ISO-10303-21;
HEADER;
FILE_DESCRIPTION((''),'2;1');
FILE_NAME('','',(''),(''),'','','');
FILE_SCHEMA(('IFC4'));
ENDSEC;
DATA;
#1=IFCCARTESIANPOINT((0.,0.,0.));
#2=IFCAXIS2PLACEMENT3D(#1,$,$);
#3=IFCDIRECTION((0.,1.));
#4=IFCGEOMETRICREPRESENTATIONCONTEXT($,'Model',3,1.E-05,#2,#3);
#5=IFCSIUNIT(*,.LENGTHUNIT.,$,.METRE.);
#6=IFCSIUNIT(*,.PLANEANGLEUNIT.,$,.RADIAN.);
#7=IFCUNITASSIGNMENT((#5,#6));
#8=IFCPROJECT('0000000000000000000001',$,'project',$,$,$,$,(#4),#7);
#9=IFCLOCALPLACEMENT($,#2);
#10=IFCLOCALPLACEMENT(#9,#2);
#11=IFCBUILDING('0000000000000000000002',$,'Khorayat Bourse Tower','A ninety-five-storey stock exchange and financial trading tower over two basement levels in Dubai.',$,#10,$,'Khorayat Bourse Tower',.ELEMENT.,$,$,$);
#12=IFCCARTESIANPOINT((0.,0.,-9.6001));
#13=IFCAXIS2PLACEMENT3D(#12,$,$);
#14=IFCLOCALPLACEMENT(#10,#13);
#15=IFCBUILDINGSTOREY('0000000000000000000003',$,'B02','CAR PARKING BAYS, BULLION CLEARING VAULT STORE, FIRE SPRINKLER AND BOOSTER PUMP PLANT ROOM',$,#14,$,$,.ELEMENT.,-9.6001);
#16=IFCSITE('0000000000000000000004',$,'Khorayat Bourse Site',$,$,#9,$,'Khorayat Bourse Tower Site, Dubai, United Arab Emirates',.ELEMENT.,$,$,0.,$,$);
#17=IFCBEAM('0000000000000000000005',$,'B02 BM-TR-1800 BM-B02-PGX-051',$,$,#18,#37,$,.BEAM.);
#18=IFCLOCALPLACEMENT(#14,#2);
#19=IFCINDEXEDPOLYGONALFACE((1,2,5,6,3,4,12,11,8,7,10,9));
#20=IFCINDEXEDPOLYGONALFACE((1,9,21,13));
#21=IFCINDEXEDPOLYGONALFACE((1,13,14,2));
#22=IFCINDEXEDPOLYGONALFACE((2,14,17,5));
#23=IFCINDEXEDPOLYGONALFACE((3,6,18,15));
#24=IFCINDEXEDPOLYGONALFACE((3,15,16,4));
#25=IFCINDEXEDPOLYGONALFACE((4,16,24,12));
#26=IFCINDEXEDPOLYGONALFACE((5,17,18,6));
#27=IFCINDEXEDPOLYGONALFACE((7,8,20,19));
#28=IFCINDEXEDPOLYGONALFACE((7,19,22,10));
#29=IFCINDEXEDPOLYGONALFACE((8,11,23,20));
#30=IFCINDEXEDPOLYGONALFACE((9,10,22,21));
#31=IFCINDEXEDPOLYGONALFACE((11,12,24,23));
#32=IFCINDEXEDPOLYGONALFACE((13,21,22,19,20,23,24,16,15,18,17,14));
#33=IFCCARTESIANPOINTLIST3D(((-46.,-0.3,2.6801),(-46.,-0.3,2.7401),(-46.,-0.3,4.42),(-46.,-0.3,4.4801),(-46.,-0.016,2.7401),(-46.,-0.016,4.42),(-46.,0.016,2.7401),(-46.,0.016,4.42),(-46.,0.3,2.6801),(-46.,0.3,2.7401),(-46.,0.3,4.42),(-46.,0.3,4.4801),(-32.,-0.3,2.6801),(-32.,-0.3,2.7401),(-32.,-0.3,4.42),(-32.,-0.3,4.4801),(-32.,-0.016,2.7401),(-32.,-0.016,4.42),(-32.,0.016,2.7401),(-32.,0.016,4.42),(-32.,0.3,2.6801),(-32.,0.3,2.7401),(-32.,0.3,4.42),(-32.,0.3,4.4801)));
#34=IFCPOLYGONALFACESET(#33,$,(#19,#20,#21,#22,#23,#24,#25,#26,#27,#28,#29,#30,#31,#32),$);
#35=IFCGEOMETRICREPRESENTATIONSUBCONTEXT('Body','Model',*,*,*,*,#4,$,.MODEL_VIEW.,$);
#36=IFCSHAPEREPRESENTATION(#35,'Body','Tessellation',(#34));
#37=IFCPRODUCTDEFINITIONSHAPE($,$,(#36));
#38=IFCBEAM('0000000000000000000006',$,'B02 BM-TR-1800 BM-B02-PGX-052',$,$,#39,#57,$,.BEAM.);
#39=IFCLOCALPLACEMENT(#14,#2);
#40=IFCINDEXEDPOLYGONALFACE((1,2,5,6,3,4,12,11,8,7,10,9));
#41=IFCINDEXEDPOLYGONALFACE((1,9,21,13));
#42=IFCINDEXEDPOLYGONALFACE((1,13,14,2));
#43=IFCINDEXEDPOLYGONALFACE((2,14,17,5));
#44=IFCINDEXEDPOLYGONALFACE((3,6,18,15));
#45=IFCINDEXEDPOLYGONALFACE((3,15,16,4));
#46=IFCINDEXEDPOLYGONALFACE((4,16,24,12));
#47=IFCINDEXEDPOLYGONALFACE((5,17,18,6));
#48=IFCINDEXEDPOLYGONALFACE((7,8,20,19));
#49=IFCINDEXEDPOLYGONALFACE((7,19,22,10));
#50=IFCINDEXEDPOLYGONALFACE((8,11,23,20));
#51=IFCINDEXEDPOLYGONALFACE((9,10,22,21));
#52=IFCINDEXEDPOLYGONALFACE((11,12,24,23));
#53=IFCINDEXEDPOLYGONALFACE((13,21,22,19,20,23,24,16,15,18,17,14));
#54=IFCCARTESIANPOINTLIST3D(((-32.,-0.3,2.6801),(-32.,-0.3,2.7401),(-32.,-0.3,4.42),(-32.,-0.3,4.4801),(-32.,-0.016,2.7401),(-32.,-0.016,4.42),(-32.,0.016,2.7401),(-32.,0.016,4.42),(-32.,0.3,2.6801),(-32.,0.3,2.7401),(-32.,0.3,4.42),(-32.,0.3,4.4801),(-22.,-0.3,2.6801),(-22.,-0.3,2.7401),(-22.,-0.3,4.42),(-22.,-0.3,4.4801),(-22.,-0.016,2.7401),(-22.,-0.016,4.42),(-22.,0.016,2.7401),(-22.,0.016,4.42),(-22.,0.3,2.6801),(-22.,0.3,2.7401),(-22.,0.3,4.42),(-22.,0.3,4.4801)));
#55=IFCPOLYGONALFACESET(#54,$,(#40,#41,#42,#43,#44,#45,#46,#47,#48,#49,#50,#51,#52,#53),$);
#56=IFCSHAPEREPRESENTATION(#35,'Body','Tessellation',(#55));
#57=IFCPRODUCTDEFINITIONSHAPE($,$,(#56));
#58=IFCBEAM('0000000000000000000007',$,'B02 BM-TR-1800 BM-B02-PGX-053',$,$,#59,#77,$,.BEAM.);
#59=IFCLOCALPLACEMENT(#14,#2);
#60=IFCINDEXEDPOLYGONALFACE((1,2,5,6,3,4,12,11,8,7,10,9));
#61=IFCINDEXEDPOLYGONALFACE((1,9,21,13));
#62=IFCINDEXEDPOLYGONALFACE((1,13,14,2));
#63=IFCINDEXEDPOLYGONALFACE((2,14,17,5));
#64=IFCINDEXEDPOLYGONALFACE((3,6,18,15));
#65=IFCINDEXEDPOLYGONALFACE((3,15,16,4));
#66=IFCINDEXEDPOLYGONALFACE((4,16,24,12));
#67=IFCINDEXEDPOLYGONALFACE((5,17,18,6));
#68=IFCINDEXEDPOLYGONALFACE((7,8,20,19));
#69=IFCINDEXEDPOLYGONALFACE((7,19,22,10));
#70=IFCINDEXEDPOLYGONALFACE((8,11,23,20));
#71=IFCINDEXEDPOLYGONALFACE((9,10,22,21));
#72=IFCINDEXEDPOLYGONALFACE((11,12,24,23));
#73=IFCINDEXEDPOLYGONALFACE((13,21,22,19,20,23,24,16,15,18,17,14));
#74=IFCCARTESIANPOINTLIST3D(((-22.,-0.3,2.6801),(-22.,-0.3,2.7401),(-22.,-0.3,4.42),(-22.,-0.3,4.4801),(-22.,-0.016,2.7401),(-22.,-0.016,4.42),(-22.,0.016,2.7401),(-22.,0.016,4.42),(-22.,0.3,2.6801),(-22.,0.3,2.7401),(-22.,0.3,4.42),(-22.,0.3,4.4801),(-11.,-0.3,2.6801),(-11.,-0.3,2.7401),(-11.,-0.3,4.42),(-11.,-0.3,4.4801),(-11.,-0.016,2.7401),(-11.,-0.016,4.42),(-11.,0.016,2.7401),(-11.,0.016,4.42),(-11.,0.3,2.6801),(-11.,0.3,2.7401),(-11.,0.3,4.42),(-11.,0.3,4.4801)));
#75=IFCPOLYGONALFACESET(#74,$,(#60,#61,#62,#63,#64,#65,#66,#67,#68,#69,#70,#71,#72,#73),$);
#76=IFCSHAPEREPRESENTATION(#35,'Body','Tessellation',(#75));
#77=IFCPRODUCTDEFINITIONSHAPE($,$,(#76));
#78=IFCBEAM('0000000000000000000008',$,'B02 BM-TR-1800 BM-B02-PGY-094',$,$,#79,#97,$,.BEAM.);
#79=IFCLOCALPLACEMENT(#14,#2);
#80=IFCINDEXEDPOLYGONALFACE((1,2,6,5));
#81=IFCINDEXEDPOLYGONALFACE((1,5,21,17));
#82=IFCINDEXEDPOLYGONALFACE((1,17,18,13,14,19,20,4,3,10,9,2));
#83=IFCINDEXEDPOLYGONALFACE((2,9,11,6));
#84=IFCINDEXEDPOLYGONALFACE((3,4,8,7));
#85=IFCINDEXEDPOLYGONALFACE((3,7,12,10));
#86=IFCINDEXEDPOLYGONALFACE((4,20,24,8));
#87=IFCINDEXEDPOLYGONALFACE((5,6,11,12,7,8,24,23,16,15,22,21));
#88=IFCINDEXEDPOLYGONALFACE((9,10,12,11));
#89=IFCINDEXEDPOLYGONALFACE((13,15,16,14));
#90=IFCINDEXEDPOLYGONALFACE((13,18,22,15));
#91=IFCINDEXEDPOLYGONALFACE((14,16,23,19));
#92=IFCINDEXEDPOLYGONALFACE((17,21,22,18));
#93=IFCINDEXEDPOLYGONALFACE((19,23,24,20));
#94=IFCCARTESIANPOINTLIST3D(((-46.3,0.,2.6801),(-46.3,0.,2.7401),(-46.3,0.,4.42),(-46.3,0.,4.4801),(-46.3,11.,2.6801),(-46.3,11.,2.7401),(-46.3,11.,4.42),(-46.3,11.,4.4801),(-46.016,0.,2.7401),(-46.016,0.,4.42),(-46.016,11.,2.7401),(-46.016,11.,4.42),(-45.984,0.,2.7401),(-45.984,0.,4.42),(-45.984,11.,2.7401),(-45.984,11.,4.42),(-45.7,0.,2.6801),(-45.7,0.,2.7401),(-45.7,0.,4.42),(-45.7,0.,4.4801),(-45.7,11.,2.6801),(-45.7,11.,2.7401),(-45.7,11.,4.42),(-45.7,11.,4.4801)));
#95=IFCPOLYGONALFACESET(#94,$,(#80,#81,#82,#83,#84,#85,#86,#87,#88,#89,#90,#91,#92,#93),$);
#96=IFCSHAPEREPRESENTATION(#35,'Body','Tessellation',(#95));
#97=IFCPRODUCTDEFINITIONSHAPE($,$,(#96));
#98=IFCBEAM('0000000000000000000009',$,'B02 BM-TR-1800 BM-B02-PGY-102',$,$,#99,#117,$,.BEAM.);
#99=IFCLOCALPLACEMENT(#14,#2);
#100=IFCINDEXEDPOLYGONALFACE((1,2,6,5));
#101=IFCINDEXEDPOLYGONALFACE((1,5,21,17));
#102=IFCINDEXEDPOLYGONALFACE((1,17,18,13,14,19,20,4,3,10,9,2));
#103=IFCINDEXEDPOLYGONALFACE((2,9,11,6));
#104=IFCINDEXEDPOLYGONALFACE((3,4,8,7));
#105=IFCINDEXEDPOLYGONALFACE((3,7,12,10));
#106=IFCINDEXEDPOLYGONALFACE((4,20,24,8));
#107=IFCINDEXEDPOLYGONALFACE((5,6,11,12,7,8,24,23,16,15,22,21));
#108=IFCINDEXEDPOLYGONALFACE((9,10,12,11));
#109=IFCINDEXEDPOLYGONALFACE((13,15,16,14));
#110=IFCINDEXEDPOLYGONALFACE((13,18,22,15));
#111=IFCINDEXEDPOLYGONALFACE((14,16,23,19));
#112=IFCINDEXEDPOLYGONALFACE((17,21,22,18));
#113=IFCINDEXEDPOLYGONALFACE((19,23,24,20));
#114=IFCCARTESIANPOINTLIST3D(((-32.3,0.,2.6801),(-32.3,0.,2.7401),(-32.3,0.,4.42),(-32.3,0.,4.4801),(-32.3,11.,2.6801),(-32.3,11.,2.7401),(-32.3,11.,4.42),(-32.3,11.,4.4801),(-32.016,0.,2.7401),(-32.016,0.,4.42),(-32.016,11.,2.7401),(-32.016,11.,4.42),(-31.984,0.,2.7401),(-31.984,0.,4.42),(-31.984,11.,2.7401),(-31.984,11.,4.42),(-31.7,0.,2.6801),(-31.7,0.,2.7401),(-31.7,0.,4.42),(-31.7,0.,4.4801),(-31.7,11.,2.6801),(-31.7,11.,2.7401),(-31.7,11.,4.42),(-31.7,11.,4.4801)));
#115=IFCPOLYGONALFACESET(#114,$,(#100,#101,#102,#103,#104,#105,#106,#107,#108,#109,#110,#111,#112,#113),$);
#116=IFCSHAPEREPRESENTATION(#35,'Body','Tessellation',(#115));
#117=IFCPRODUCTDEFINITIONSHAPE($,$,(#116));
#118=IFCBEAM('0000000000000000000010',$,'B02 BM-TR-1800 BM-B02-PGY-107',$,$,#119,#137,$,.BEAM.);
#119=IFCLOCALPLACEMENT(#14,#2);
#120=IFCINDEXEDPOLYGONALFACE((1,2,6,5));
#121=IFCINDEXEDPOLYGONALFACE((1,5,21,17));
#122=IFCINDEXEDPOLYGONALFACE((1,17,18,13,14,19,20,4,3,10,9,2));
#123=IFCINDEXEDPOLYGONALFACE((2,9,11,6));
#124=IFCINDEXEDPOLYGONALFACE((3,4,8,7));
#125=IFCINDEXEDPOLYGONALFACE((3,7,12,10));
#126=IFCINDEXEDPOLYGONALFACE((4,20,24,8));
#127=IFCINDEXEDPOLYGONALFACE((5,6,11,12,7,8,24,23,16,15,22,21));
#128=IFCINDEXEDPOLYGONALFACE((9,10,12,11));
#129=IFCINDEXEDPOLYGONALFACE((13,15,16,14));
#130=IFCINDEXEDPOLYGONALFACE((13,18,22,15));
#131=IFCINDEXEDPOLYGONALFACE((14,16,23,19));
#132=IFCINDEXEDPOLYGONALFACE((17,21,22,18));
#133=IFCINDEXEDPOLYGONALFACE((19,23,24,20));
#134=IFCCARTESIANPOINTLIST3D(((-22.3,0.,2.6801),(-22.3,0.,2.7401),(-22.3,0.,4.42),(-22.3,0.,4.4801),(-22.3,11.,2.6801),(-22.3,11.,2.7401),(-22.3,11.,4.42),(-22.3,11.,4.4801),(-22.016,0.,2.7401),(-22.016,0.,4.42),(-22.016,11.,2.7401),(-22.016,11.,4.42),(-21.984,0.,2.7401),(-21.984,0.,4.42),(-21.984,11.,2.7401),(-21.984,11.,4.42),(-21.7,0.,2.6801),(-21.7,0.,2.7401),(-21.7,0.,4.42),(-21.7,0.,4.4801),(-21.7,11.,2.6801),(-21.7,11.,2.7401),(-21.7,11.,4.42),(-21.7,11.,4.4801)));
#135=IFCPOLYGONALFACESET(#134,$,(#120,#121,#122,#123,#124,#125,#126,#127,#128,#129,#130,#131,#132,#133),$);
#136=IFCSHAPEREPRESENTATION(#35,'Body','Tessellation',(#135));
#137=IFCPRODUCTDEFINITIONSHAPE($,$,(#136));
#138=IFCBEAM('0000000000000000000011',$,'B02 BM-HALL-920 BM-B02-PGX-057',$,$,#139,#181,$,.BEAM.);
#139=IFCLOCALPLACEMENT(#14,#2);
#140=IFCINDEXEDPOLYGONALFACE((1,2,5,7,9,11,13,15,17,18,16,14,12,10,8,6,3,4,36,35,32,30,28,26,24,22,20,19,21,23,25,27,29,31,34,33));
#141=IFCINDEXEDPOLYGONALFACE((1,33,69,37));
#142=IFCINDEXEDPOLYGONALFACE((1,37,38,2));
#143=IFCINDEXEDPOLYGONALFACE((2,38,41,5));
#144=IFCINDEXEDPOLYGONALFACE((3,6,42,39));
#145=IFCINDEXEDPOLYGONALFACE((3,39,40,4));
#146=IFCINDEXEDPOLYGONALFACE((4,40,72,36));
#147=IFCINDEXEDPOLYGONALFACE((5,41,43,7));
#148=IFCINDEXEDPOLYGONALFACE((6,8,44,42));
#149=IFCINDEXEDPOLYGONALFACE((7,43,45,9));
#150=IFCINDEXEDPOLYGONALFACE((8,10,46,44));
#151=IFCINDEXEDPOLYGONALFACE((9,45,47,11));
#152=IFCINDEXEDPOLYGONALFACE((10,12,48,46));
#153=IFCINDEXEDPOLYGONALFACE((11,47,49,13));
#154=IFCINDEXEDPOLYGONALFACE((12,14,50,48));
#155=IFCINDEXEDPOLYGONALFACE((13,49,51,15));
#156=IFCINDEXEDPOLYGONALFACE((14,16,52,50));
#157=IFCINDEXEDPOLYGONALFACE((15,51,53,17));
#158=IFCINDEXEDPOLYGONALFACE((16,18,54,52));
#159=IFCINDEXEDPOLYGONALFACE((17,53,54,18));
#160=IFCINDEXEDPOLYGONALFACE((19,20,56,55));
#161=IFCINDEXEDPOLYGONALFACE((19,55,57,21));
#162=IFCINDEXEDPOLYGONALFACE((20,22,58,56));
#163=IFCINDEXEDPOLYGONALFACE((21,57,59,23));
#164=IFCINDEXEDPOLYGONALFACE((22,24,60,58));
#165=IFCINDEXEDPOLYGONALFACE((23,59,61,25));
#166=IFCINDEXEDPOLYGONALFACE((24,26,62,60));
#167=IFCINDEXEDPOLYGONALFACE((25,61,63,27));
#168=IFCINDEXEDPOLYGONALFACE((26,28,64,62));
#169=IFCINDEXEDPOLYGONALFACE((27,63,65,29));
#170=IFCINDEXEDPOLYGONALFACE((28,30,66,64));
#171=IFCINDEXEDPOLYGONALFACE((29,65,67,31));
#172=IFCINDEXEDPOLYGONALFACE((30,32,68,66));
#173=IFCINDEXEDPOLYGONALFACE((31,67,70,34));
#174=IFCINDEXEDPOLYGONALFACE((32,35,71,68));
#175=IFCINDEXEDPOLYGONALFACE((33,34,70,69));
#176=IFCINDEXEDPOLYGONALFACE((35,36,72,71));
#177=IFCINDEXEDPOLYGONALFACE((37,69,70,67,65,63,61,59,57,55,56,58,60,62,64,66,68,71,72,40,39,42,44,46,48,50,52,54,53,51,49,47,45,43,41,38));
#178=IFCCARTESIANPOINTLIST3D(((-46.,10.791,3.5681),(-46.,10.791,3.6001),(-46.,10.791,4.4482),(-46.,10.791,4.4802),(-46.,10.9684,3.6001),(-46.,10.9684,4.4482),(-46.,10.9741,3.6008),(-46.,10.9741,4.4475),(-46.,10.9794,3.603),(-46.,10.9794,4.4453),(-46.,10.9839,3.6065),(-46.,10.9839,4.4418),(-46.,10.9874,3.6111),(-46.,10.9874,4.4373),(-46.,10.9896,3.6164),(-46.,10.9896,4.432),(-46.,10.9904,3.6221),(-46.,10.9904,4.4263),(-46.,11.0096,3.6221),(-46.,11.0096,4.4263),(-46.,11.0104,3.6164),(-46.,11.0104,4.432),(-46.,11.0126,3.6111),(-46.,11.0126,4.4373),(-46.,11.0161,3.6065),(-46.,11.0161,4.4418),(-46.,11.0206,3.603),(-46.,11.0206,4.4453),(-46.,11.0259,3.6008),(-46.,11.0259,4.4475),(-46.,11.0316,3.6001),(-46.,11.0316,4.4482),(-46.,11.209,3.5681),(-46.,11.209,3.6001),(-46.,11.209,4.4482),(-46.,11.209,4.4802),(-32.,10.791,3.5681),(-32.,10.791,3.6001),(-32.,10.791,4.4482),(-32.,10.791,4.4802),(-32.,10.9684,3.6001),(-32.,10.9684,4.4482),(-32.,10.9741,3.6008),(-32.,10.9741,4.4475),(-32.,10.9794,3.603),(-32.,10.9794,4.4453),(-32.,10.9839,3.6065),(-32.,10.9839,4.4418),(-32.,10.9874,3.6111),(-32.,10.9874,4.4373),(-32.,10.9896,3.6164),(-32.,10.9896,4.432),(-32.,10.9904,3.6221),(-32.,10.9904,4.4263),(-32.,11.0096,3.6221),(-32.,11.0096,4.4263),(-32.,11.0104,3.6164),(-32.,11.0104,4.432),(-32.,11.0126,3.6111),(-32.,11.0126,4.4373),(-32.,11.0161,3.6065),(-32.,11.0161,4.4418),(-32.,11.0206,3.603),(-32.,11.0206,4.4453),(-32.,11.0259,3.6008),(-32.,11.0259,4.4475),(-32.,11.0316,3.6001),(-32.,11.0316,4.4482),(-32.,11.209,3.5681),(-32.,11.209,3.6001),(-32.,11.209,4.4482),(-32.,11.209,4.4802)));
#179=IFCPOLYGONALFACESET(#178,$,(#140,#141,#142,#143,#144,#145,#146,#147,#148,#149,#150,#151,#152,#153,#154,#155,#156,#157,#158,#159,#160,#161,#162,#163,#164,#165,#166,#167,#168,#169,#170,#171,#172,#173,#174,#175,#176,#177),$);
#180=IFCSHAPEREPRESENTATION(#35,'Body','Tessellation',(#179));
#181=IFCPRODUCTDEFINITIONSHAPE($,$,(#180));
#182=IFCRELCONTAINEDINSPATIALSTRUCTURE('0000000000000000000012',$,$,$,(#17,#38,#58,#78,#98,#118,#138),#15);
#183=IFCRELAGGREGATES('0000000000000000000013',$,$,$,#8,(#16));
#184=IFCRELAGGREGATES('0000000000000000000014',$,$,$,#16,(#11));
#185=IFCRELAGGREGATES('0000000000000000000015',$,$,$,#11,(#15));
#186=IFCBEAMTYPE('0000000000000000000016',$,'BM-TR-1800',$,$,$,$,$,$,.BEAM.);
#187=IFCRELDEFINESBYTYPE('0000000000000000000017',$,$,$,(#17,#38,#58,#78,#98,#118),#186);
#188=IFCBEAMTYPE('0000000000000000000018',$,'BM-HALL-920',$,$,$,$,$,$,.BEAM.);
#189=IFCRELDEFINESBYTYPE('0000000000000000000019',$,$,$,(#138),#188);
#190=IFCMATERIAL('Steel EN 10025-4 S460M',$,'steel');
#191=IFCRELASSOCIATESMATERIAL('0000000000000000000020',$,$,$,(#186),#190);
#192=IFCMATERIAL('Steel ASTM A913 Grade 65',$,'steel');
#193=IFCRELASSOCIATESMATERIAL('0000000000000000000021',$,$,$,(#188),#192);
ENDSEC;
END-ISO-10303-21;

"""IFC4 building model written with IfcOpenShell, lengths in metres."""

from ifc_helpers import new_model, si_unit, direction, frame, origin, origin_2d, place, context, subcontext, project, spatial, i_section, extrude, source, transform, mapped, material, material_profile, profile_set, type_object, element, save


model = new_model("IFC4")

# Units and contexts
model_context = context("Model", 3, precision=1e-05, world=origin(), true_north=direction((0.0, 1.0)))
body_context = subcontext(model_context, "Body", "Model", "MODEL_VIEW")
ifc_project = project(units=[si_unit("LENGTHUNIT", "METRE"), si_unit("PLANEANGLEUNIT", "RADIAN")], contexts=[model_context])

# Site, building, storey
site_placement = place(None, origin())
site = spatial("IfcSite", under=ifc_project, at=site_placement, Name="Khorayat Bourse Site", LongName="Khorayat Bourse Tower Site, Dubai, United Arab Emirates", CompositionType="ELEMENT", RefElevation=0.0)
building_placement = place(site_placement, origin())
building = spatial("IfcBuilding", under=site, at=building_placement, Name="Khorayat Bourse Tower", Description="A ninety-five-storey stock exchange and financial trading tower over two basement levels in Dubai.", LongName="Khorayat Bourse Tower", CompositionType="ELEMENT")
storey_placement = place(building_placement, frame((0.0, 0.0, -9.6001)))
storey = spatial("IfcBuildingStorey", under=building, at=storey_placement, Name="B02", Description="CAR PARKING BAYS, BULLION CLEARING VAULT STORE, FIRE SPRINKLER AND BOOSTER PUMP PLANT ROOM", CompositionType="ELEMENT", Elevation=-9.6001)

# Beams
ifc_material_1 = material(Name="Steel EN 10025-4 S460M", Category="steel")
ifc_material_profile_1 = material_profile(ifc_material_1, i_section(OverallWidth=0.6001, OverallDepth=1.8, WebThickness=0.032, FlangeThickness=0.0601, at=origin_2d()), Name="PG 1800x600x32x60")
ifc_profile_set_1 = profile_set([ifc_material_profile_1], Name="Steel EN 10025-4 S460M")
beam_type_1 = type_object("IfcBeamType", Name="BM-TR-1800", PredefinedType="BEAM", material=ifc_profile_set_1)
shared_shape_1 = source(origin(), body_context, "Body", "SweptSolid", [
    extrude(i_section(OverallWidth=0.6001, OverallDepth=1.8, WebThickness=0.032, FlangeThickness=0.0601, at=origin_2d()), origin(), (0.0, 0.0, 1.0), 14.0),
])
beam_1_placement = place(storey_placement, frame((-46.0, 0.0, 3.5801), z_axis=(1.0, 0.0, 0.0), x_axis=(0.0, 1.0, 0.0)))
element("IfcBeam", 1, at=beam_1_placement, inside=storey, type_object=beam_type_1, Name="B02 BM-TR-1800 BM-B02-PGX-051", PredefinedType="BEAM", context=body_context, shape_type="MappedRepresentation", body=[
    mapped(shared_shape_1, transform((0.0, 0.0, 0.0), scale=1.0)),
])
shared_shape_2 = source(origin(), body_context, "Body", "SweptSolid", [
    extrude(i_section(OverallWidth=0.6001, OverallDepth=1.8, WebThickness=0.032, FlangeThickness=0.0601, at=origin_2d()), origin(), (0.0, 0.0, 1.0), 10.0),
])
beam_2_placement = place(storey_placement, frame((-32.0, 0.0, 3.5801), z_axis=(1.0, 0.0, 0.0), x_axis=(0.0, 1.0, 0.0)))
element("IfcBeam", 2, at=beam_2_placement, inside=storey, type_object=beam_type_1, Name="B02 BM-TR-1800 BM-B02-PGX-052", PredefinedType="BEAM", context=body_context, shape_type="MappedRepresentation", body=[
    mapped(shared_shape_2, transform((0.0, 0.0, 0.0), scale=1.0)),
])
shared_shape_3 = source(origin(), body_context, "Body", "SweptSolid", [
    extrude(i_section(OverallWidth=0.6001, OverallDepth=1.8, WebThickness=0.032, FlangeThickness=0.0601, at=origin_2d()), origin(), (0.0, 0.0, 1.0), 11.0),
])
for number, where, z_axis, x_axis, name in (
    (3, (-22.0, 0.0, 3.5801), (1.0, 0.0, 0.0), (0.0, 1.0, 0.0), "B02 BM-TR-1800 BM-B02-PGX-053"),
    (4, (-46.0, 0.0, 3.5801), (0.0, 1.0, 0.0), (-1.0, 0.0, 0.0), "B02 BM-TR-1800 BM-B02-PGY-094"),
    (5, (-32.0, 0.0, 3.5801), (0.0, 1.0, 0.0), (-1.0, 0.0, 0.0), "B02 BM-TR-1800 BM-B02-PGY-102"),
    (6, (-22.0, 0.0, 3.5801), (0.0, 1.0, 0.0), (-1.0, 0.0, 0.0), "B02 BM-TR-1800 BM-B02-PGY-107"),
):
    element("IfcBeam", number, at=place(storey_placement, frame(where, z_axis=z_axis, x_axis=x_axis)), inside=storey, type_object=beam_type_1, Name=name, PredefinedType="BEAM", context=body_context, shape_type="MappedRepresentation", body=[
        mapped(shared_shape_3, transform((0.0, 0.0, 0.0), scale=1.0)),
    ])
ifc_material_2 = material(Name="Steel ASTM A913 Grade 65", Category="steel")
ifc_material_profile_2 = material_profile(ifc_material_2, i_section(OverallWidth=0.418, OverallDepth=0.9121, WebThickness=0.0193, FlangeThickness=0.032, FilletRadius=0.022, at=origin_2d()), Name="W920X342")
ifc_profile_set_2 = profile_set([ifc_material_profile_2], Name="Steel ASTM A913 Grade 65")
beam_type_2 = type_object("IfcBeamType", Name="BM-HALL-920", PredefinedType="BEAM", material=ifc_profile_set_2)
shared_shape_4 = source(origin(), body_context, "Body", "SweptSolid", [
    extrude(i_section(OverallWidth=0.418, OverallDepth=0.9121, WebThickness=0.0193, FlangeThickness=0.032, FilletRadius=0.022, at=origin_2d()), origin(), (0.0, 0.0, 1.0), 14.0),
])
beam_3_placement = place(storey_placement, frame((-46.0, 11.0, 4.0242), z_axis=(1.0, 0.0, 0.0), x_axis=(0.0, 1.0, 0.0)))
element("IfcBeam", 7, at=beam_3_placement, inside=storey, type_object=beam_type_2, Name="B02 BM-HALL-920 BM-B02-PGX-057", PredefinedType="BEAM", context=body_context, shape_type="MappedRepresentation", body=[
    mapped(shared_shape_4, transform((0.0, 0.0, 0.0), scale=1.0)),
])

save(model, "model.ifc")
